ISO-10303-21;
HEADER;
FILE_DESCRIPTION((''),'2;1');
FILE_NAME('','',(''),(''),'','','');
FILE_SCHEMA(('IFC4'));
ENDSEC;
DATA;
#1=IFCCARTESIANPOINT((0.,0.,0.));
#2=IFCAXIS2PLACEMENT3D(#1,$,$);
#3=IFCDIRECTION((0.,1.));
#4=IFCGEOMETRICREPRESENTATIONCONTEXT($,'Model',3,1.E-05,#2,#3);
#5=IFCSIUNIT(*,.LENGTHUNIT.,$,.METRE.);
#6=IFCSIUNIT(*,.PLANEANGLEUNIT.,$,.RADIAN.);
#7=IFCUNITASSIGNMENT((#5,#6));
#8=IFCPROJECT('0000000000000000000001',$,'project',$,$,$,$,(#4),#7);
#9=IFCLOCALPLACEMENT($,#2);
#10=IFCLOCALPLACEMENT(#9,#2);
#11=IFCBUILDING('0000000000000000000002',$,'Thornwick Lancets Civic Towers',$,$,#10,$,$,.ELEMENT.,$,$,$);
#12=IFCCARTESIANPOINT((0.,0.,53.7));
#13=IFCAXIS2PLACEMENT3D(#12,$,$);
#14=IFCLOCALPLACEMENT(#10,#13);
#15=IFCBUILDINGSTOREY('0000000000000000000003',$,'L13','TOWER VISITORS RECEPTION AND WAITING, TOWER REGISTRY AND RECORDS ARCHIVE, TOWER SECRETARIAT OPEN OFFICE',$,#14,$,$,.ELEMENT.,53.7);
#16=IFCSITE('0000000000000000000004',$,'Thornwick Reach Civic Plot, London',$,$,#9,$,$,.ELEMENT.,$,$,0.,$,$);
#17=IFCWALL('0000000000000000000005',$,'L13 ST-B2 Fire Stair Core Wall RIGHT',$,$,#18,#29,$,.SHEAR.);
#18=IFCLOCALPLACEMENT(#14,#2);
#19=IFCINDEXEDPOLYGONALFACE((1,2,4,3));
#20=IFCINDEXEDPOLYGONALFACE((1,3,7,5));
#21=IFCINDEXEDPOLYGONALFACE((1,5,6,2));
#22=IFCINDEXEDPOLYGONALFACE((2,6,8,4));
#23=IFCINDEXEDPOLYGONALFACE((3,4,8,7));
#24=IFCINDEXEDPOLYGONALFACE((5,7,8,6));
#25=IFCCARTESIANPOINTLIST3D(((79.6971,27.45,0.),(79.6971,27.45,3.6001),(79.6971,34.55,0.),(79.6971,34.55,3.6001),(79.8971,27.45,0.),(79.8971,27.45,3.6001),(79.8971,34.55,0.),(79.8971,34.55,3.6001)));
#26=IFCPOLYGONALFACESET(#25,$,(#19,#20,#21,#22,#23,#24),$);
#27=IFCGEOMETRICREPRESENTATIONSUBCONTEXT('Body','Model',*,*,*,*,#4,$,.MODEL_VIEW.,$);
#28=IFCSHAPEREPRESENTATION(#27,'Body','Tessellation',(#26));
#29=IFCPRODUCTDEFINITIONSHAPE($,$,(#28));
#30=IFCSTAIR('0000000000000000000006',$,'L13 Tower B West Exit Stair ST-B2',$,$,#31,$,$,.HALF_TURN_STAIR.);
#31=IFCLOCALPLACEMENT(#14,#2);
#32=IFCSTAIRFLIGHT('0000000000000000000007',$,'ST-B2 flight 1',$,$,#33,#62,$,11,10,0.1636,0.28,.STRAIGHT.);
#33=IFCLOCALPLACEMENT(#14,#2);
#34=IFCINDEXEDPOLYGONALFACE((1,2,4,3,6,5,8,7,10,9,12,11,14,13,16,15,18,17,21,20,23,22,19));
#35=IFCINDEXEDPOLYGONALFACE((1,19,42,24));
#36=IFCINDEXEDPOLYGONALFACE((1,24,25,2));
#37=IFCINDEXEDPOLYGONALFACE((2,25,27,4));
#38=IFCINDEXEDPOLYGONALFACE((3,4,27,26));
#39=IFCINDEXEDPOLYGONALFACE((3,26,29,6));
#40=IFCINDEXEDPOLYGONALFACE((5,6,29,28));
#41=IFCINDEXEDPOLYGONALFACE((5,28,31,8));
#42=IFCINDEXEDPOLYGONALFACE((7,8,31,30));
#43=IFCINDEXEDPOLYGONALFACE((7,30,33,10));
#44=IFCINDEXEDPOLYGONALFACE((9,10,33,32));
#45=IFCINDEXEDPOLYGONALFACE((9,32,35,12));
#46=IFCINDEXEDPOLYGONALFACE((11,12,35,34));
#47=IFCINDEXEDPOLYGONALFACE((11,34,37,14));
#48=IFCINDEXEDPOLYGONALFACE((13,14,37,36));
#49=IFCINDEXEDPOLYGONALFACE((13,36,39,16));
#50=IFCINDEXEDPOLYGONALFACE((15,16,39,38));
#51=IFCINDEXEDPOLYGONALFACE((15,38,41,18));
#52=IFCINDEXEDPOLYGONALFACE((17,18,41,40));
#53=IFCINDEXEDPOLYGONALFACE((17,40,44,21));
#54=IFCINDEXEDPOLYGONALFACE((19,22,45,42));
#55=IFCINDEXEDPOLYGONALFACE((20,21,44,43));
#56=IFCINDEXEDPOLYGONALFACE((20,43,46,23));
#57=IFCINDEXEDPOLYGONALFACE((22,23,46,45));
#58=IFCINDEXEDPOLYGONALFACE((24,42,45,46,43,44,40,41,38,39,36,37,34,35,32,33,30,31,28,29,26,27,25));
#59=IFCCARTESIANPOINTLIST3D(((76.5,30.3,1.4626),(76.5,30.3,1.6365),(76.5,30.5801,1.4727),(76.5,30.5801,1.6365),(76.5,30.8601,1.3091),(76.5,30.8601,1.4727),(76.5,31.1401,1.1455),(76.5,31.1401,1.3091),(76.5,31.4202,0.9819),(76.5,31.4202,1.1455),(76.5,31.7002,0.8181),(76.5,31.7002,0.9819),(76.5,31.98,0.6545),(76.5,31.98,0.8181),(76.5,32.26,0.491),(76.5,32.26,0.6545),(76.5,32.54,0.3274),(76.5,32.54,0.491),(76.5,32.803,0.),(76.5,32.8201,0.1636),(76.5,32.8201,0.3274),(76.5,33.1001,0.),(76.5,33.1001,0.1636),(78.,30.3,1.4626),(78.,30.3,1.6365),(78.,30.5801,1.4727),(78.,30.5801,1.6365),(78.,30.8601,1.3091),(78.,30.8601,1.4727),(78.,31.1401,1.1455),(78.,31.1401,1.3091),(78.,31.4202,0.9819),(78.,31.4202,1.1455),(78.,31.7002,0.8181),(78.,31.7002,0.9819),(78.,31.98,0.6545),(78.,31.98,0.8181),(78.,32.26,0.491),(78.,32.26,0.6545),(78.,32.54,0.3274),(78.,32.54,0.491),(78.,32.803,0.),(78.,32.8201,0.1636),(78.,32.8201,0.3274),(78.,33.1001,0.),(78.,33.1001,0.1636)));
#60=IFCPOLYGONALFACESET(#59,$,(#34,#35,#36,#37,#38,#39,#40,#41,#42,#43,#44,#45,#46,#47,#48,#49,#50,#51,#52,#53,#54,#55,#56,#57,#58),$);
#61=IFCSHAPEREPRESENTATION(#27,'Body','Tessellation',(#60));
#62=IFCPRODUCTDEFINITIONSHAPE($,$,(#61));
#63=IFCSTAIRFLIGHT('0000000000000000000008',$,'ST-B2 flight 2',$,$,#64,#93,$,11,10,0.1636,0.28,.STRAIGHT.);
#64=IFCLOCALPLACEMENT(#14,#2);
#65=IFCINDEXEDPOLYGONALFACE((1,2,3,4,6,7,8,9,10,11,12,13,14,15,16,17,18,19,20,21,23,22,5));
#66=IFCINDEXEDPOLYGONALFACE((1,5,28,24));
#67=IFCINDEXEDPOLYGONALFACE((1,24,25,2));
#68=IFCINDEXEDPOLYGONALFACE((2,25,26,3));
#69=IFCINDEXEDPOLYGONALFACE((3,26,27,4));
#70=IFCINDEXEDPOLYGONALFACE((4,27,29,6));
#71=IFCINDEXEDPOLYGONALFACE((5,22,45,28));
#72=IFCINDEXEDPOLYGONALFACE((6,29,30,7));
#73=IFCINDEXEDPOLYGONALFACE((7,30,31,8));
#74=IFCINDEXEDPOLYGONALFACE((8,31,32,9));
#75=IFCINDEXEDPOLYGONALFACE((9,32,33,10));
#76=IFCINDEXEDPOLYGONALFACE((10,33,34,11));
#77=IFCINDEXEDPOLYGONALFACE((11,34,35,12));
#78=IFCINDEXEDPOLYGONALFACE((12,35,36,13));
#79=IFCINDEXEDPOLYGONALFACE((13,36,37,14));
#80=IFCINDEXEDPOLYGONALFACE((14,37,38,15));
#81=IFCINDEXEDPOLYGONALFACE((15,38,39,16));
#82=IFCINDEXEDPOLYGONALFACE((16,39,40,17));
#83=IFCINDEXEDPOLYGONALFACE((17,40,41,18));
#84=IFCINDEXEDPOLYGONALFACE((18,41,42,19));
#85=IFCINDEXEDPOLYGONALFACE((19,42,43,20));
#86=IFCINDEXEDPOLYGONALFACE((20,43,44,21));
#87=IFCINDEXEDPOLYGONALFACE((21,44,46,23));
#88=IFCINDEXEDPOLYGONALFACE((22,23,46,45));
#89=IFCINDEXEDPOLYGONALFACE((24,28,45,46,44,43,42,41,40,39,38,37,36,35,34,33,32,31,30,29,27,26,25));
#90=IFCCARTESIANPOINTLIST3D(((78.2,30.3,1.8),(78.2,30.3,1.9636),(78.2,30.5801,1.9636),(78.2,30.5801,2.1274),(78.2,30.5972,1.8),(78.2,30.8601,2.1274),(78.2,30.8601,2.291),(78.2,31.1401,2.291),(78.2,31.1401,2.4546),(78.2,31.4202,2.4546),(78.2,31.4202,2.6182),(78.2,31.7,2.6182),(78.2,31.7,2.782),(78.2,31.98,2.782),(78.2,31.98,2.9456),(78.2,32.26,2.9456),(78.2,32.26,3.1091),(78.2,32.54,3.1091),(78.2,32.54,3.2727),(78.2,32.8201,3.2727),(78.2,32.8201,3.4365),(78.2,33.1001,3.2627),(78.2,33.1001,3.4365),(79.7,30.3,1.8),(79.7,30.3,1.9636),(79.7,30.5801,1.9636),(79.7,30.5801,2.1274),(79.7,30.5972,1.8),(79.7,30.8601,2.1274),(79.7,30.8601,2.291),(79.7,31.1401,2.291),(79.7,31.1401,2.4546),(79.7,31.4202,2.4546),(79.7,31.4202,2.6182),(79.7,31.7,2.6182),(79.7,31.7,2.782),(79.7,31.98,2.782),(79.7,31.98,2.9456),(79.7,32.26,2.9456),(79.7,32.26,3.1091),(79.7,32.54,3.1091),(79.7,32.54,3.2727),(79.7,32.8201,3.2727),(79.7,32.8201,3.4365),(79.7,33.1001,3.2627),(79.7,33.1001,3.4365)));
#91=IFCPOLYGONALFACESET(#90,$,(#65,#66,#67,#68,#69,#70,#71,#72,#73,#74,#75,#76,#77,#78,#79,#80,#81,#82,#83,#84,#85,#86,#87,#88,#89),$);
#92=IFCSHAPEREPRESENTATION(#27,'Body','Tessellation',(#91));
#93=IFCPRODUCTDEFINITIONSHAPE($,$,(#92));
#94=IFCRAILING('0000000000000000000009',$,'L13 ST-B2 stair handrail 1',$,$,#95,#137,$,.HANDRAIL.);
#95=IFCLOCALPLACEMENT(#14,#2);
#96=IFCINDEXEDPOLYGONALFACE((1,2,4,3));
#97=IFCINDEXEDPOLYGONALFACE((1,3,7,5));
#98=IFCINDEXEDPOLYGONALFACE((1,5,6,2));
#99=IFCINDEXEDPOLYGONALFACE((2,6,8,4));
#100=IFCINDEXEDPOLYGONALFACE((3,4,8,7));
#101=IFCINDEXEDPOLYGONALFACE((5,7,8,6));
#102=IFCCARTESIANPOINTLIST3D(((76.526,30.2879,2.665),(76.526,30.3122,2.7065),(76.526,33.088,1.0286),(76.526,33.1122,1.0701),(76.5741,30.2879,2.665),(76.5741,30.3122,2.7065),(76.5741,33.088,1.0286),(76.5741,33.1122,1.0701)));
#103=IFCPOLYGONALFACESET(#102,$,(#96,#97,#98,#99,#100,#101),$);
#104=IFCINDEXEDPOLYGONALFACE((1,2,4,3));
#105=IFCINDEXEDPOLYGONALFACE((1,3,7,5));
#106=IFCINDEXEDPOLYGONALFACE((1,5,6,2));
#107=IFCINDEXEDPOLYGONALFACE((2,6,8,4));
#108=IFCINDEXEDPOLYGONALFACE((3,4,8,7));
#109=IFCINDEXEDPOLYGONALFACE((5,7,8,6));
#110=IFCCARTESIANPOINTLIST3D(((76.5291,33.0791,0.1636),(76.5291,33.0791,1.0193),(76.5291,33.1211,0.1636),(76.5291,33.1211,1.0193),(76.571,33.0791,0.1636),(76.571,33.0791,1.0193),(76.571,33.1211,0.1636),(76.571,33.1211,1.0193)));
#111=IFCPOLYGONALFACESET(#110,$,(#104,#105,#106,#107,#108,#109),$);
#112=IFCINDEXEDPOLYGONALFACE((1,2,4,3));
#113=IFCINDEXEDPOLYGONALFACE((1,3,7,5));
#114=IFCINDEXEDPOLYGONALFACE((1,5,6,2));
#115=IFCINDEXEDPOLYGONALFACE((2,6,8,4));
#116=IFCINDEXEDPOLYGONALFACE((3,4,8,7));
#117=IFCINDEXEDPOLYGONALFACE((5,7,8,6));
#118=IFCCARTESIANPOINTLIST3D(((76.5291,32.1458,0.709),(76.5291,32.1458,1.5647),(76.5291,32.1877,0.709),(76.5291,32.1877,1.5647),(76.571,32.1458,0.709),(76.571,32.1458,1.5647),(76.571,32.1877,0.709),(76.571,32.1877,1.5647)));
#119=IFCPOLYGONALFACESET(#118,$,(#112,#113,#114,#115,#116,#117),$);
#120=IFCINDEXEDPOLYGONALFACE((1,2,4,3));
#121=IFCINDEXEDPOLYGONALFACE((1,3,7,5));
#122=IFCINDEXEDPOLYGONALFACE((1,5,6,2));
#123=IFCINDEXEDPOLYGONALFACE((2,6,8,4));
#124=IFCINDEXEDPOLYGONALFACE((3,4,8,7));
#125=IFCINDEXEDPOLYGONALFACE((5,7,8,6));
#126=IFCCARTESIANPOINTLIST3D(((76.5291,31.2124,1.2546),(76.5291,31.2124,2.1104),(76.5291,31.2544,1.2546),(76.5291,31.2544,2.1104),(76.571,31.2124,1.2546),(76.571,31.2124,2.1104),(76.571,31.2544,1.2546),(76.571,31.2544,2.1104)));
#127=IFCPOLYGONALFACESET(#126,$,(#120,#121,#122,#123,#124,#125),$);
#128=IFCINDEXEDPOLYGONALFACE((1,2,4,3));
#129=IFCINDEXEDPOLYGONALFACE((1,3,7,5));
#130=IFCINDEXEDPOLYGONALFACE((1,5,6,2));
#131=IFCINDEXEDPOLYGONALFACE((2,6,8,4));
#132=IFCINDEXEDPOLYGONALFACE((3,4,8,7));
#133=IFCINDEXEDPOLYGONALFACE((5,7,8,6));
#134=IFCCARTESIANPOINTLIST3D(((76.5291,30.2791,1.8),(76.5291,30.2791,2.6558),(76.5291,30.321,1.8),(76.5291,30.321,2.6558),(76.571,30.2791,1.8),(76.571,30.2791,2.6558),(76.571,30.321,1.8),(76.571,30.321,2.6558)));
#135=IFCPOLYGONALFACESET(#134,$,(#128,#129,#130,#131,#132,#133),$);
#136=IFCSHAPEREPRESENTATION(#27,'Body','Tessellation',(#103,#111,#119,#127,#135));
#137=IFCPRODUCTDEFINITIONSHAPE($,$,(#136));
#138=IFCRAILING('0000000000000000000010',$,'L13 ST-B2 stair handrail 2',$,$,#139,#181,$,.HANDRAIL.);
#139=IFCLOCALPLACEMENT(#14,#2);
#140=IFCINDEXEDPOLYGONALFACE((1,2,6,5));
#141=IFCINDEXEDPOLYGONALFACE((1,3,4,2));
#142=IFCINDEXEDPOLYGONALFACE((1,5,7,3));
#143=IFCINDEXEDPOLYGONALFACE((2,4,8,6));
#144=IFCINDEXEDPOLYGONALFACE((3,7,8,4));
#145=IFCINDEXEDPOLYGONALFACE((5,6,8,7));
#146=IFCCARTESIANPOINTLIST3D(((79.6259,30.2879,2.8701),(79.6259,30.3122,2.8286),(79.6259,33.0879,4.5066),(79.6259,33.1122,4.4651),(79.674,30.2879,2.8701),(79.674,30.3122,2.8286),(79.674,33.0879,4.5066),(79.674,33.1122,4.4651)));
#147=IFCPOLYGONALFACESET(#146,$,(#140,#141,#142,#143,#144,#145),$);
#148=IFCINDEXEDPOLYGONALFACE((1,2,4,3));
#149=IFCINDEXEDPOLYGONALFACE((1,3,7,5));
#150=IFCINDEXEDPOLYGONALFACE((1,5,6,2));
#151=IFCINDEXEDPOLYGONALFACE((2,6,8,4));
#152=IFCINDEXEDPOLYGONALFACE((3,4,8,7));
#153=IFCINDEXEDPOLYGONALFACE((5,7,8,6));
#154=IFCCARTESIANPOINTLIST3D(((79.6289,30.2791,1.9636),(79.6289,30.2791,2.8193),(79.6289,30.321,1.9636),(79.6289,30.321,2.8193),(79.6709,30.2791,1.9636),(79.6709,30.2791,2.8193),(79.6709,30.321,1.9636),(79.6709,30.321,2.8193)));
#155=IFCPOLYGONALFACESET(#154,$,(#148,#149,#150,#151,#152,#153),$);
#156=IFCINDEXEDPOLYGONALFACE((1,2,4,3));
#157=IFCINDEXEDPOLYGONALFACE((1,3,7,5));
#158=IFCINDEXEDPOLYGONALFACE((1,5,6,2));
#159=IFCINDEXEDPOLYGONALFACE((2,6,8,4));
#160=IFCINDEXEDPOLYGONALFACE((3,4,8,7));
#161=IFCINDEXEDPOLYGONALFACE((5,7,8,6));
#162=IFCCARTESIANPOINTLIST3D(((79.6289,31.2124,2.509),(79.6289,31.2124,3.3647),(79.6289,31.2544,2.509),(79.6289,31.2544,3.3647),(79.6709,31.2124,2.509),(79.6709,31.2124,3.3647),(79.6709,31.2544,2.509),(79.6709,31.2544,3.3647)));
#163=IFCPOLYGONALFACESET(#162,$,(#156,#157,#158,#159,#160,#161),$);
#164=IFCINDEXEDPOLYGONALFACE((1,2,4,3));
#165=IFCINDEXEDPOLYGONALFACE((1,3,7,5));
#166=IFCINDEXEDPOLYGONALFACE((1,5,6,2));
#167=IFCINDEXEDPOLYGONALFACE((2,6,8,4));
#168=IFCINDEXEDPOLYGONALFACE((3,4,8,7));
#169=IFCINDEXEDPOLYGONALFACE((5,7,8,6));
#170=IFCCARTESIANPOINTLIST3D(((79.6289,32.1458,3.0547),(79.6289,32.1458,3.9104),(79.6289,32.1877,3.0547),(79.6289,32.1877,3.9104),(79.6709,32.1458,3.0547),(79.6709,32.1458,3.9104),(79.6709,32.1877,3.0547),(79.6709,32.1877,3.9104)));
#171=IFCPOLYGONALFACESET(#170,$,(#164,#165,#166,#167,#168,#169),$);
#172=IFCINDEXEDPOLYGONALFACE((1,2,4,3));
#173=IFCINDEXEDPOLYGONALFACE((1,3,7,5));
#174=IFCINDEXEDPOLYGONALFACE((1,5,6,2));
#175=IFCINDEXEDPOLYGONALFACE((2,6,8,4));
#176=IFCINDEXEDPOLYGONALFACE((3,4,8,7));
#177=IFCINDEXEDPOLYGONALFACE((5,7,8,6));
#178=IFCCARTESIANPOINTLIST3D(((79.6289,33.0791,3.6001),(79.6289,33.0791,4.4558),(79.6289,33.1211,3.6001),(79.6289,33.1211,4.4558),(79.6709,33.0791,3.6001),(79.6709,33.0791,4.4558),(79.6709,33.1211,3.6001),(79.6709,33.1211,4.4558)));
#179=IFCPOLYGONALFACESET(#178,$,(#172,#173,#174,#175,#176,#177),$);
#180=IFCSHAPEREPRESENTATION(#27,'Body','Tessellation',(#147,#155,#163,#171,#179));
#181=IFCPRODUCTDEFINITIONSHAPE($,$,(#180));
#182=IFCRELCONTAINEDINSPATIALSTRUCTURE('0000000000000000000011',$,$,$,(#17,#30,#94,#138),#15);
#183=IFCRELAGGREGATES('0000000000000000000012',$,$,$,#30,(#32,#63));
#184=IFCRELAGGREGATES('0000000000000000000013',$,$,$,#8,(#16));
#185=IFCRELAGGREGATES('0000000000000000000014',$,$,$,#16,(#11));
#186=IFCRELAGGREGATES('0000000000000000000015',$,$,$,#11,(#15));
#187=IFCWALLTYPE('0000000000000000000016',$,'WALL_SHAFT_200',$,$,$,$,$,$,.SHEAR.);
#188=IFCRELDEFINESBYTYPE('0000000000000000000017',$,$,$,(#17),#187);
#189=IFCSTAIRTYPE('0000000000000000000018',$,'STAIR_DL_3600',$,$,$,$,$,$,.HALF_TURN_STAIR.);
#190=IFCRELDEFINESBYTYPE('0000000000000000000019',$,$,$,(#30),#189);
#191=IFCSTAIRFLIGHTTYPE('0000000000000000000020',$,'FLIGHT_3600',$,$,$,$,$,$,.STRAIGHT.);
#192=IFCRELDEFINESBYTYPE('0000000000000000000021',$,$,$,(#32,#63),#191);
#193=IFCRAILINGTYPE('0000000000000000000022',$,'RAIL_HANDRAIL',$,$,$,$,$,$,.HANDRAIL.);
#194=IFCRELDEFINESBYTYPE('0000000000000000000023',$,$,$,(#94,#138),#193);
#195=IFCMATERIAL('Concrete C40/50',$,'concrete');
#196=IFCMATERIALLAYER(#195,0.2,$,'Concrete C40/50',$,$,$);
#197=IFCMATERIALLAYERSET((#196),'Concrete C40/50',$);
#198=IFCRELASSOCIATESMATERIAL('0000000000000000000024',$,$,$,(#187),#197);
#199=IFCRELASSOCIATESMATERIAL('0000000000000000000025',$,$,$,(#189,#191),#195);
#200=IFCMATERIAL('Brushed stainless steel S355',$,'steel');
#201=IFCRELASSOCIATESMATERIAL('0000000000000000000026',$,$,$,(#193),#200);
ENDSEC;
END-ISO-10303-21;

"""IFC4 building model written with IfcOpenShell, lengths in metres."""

from ifc_helpers import new_model, si_unit, direction, frame, frame_2d, origin, origin_2d, place, context, subcontext, project, spatial, polyline, rectangle, outline, extrude, material, layer, layer_set, type_object, element, aggregate, save


model = new_model("IFC4")

# Units and contexts
model_context = context("Model", 3, precision=1e-05, world=origin(), true_north=direction((0.0, 1.0)))
body_context = subcontext(model_context, "Body", "Model", "MODEL_VIEW")
ifc_project = project(units=[si_unit("LENGTHUNIT", "METRE"), si_unit("PLANEANGLEUNIT", "RADIAN")], contexts=[model_context])

# Site, building, storey
site_placement = place(None, origin())
site = spatial("IfcSite", under=ifc_project, at=site_placement, Name="Thornwick Reach Civic Plot, London", CompositionType="ELEMENT", RefElevation=0.0)
building_placement = place(site_placement, origin())
building = spatial("IfcBuilding", under=site, at=building_placement, Name="Thornwick Lancets Civic Towers", CompositionType="ELEMENT")
storey_placement = place(building_placement, frame((0.0, 0.0, 53.7)))
storey = spatial("IfcBuildingStorey", under=building, at=storey_placement, Name="L13", Description="TOWER VISITORS RECEPTION AND WAITING, TOWER REGISTRY AND RECORDS ARCHIVE, TOWER SECRETARIAT OPEN OFFICE", CompositionType="ELEMENT", Elevation=53.7)

# Shared definitions
ifc_material_1 = material(Name="Concrete C40/50", Category="concrete")

# Shared definitions
ifc_layer_1 = layer(ifc_material_1, 0.2, Name="Concrete C40/50")
ifc_layer_set_1 = layer_set([ifc_layer_1], Name="Concrete C40/50")
wall_type_1 = type_object("IfcWallType", Name="WALL_SHAFT_200", PredefinedType="SHEAR", material=ifc_layer_set_1)

# Wall
wall_1_placement = place(storey_placement, frame((79.7971, 27.45, 0.0), z_axis=(0.0, 0.0, 1.0), x_axis=(0.0, 1.0, 0.0)))
element("IfcWall", 1, at=wall_1_placement, inside=storey, type_object=wall_type_1, Name="L13 ST-B2 Fire Stair Core Wall RIGHT", PredefinedType="SHEAR", context=body_context, shape_type="SweptSolid", body=[
    extrude(rectangle(XDim=7.1001, YDim=0.2, at=frame_2d((3.55, 0.0))), origin(), (0.0, 0.0, 1.0), 3.6001),
])

# Stair, stair flights
stair_type = type_object("IfcStairType", Name="STAIR_DL_3600", PredefinedType="HALF_TURN_STAIR", material=ifc_material_1)
stair_placement = place(storey_placement, origin())
stair = element("IfcStair", 2, at=stair_placement, inside=storey, type_object=stair_type, Name="L13 Tower B West Exit Stair ST-B2", PredefinedType="HALF_TURN_STAIR")
stair_flight_type = type_object("IfcStairFlightType", Name="FLIGHT_3600", PredefinedType="STRAIGHT", material=ifc_material_1)
stair_flight_1_placement = place(storey_placement, frame((77.25, 33.1001, 0.0), z_axis=(0.0, 0.0, 1.0), x_axis=(0.0, -1.0, 0.0)))
stair_flight_1 = element("IfcStairFlight", 3, at=stair_flight_1_placement, type_object=stair_flight_type, Name="ST-B2 flight 1", NumberOfRisers=11, NumberOfTreads=10, PredefinedType="STRAIGHT", RiserHeight=0.1636, TreadLength=0.28, context=body_context, shape_type="SweptSolid", body=[
    extrude(outline(polyline([(0.0, 0.0), (0.0, 0.1636), (0.28, 0.1636), (0.28, 0.3274), (0.5601, 0.3274), (0.5601, 0.491), (0.8401, 0.491), (0.8401, 0.6545), (1.1201, 0.6545), (1.1201, 0.8181), (1.3999, 0.8181), (1.3999, 0.9819), (1.6799, 0.9819), (1.6799, 1.1455), (1.96, 1.1455), (1.96, 1.3091), (2.24, 1.3091), (2.24, 1.4727), (2.52, 1.4727), (2.52, 1.6365), (2.8, 1.6365), (2.8, 1.8), (2.8, 1.4626), (0.2971, 0.0), (0.0, 0.0)])), frame((0.0, 0.75, 0.0), z_axis=(0.0, -1.0, 0.0), x_axis=(1.0, 0.0, 0.0)), (0.0, 0.0, 1.0), 1.5),
])
stair_flight_2_placement = place(storey_placement, frame((78.95, 30.3, 1.8), z_axis=(0.0, 0.0, 1.0), x_axis=(0.0, 1.0, 0.0)))
stair_flight_2 = element("IfcStairFlight", 4, at=stair_flight_2_placement, type_object=stair_flight_type, Name="ST-B2 flight 2", NumberOfRisers=11, NumberOfTreads=10, PredefinedType="STRAIGHT", RiserHeight=0.1636, TreadLength=0.28, context=body_context, shape_type="SweptSolid", body=[
    extrude(outline(polyline([(0.0, 0.0), (0.0, 0.1636), (0.28, 0.1636), (0.28, 0.3274), (0.5601, 0.3274), (0.5601, 0.491), (0.8401, 0.491), (0.8401, 0.6545), (1.1201, 0.6545), (1.1201, 0.8181), (1.3999, 0.8181), (1.3999, 0.9819), (1.6799, 0.9819), (1.6799, 1.1455), (1.96, 1.1455), (1.96, 1.3091), (2.24, 1.3091), (2.24, 1.4727), (2.52, 1.4727), (2.52, 1.6365), (2.8, 1.6365), (2.8, 1.8), (2.8, 1.4626), (0.2971, 0.0), (0.0, 0.0)])), frame((0.0, 0.75, 0.0), z_axis=(0.0, -1.0, 0.0), x_axis=(1.0, 0.0, 0.0)), (0.0, 0.0, 1.0), 1.5),
])
aggregate(stair, [stair_flight_1, stair_flight_2])

# Railings
ifc_material_2 = material(Name="Brushed stainless steel S355", Category="steel")
railing_type_1 = type_object("IfcRailingType", Name="RAIL_HANDRAIL", PredefinedType="HANDRAIL", material=ifc_material_2)
railing_1_placement = place(storey_placement, frame((76.55, 33.1001, 0.1636)))
element("IfcRailing", 5, at=railing_1_placement, inside=storey, type_object=railing_type_1, Name="L13 ST-B2 stair handrail 1", PredefinedType="HANDRAIL", context=body_context, shape_type="SweptSolid", body=[
    extrude(rectangle(XDim=0.0481, YDim=0.0481, at=origin_2d()), frame((0.0, 0.0, 0.8857), z_axis=(0.0, -0.863361, 0.504587), x_axis=(1.0, 0.0, 0.0)), (0.0, 0.0, 1.0), 3.2432),
    extrude(rectangle(XDim=0.042, YDim=0.042, at=origin_2d()), origin(), (0.0, 0.0, 1.0), 0.8557),
    extrude(rectangle(XDim=0.042, YDim=0.042, at=origin_2d()), frame((0.0, -0.9333, 0.5454)), (0.0, 0.0, 1.0), 0.8557),
    extrude(rectangle(XDim=0.042, YDim=0.042, at=origin_2d()), frame((0.0, -1.8667, 1.0911)), (0.0, 0.0, 1.0), 0.8557),
    extrude(rectangle(XDim=0.042, YDim=0.042, at=origin_2d()), frame((0.0, -2.8, 1.6365)), (0.0, 0.0, 1.0), 0.8557),
])
railing_2_placement = place(storey_placement, frame((79.6499, 30.3, 1.9636)))
element("IfcRailing", 6, at=railing_2_placement, inside=storey, type_object=railing_type_1, Name="L13 ST-B2 stair handrail 2", PredefinedType="HANDRAIL", context=body_context, shape_type="SweptSolid", body=[
    extrude(rectangle(XDim=0.0481, YDim=0.0481, at=origin_2d()), frame((0.0, 0.0, 0.8857), z_axis=(0.0, 0.863361, 0.504587), x_axis=(-1.0, 0.0, 0.0)), (0.0, 0.0, 1.0), 3.2432),
    extrude(rectangle(XDim=0.042, YDim=0.042, at=origin_2d()), origin(), (0.0, 0.0, 1.0), 0.8557),
    extrude(rectangle(XDim=0.042, YDim=0.042, at=origin_2d()), frame((0.0, 0.9333, 0.5454)), (0.0, 0.0, 1.0), 0.8557),
    extrude(rectangle(XDim=0.042, YDim=0.042, at=origin_2d()), frame((0.0, 1.8667, 1.0911)), (0.0, 0.0, 1.0), 0.8557),
    extrude(rectangle(XDim=0.042, YDim=0.042, at=origin_2d()), frame((0.0, 2.8, 1.6365)), (0.0, 0.0, 1.0), 0.8557),
])

save(model, "model.ifc")
